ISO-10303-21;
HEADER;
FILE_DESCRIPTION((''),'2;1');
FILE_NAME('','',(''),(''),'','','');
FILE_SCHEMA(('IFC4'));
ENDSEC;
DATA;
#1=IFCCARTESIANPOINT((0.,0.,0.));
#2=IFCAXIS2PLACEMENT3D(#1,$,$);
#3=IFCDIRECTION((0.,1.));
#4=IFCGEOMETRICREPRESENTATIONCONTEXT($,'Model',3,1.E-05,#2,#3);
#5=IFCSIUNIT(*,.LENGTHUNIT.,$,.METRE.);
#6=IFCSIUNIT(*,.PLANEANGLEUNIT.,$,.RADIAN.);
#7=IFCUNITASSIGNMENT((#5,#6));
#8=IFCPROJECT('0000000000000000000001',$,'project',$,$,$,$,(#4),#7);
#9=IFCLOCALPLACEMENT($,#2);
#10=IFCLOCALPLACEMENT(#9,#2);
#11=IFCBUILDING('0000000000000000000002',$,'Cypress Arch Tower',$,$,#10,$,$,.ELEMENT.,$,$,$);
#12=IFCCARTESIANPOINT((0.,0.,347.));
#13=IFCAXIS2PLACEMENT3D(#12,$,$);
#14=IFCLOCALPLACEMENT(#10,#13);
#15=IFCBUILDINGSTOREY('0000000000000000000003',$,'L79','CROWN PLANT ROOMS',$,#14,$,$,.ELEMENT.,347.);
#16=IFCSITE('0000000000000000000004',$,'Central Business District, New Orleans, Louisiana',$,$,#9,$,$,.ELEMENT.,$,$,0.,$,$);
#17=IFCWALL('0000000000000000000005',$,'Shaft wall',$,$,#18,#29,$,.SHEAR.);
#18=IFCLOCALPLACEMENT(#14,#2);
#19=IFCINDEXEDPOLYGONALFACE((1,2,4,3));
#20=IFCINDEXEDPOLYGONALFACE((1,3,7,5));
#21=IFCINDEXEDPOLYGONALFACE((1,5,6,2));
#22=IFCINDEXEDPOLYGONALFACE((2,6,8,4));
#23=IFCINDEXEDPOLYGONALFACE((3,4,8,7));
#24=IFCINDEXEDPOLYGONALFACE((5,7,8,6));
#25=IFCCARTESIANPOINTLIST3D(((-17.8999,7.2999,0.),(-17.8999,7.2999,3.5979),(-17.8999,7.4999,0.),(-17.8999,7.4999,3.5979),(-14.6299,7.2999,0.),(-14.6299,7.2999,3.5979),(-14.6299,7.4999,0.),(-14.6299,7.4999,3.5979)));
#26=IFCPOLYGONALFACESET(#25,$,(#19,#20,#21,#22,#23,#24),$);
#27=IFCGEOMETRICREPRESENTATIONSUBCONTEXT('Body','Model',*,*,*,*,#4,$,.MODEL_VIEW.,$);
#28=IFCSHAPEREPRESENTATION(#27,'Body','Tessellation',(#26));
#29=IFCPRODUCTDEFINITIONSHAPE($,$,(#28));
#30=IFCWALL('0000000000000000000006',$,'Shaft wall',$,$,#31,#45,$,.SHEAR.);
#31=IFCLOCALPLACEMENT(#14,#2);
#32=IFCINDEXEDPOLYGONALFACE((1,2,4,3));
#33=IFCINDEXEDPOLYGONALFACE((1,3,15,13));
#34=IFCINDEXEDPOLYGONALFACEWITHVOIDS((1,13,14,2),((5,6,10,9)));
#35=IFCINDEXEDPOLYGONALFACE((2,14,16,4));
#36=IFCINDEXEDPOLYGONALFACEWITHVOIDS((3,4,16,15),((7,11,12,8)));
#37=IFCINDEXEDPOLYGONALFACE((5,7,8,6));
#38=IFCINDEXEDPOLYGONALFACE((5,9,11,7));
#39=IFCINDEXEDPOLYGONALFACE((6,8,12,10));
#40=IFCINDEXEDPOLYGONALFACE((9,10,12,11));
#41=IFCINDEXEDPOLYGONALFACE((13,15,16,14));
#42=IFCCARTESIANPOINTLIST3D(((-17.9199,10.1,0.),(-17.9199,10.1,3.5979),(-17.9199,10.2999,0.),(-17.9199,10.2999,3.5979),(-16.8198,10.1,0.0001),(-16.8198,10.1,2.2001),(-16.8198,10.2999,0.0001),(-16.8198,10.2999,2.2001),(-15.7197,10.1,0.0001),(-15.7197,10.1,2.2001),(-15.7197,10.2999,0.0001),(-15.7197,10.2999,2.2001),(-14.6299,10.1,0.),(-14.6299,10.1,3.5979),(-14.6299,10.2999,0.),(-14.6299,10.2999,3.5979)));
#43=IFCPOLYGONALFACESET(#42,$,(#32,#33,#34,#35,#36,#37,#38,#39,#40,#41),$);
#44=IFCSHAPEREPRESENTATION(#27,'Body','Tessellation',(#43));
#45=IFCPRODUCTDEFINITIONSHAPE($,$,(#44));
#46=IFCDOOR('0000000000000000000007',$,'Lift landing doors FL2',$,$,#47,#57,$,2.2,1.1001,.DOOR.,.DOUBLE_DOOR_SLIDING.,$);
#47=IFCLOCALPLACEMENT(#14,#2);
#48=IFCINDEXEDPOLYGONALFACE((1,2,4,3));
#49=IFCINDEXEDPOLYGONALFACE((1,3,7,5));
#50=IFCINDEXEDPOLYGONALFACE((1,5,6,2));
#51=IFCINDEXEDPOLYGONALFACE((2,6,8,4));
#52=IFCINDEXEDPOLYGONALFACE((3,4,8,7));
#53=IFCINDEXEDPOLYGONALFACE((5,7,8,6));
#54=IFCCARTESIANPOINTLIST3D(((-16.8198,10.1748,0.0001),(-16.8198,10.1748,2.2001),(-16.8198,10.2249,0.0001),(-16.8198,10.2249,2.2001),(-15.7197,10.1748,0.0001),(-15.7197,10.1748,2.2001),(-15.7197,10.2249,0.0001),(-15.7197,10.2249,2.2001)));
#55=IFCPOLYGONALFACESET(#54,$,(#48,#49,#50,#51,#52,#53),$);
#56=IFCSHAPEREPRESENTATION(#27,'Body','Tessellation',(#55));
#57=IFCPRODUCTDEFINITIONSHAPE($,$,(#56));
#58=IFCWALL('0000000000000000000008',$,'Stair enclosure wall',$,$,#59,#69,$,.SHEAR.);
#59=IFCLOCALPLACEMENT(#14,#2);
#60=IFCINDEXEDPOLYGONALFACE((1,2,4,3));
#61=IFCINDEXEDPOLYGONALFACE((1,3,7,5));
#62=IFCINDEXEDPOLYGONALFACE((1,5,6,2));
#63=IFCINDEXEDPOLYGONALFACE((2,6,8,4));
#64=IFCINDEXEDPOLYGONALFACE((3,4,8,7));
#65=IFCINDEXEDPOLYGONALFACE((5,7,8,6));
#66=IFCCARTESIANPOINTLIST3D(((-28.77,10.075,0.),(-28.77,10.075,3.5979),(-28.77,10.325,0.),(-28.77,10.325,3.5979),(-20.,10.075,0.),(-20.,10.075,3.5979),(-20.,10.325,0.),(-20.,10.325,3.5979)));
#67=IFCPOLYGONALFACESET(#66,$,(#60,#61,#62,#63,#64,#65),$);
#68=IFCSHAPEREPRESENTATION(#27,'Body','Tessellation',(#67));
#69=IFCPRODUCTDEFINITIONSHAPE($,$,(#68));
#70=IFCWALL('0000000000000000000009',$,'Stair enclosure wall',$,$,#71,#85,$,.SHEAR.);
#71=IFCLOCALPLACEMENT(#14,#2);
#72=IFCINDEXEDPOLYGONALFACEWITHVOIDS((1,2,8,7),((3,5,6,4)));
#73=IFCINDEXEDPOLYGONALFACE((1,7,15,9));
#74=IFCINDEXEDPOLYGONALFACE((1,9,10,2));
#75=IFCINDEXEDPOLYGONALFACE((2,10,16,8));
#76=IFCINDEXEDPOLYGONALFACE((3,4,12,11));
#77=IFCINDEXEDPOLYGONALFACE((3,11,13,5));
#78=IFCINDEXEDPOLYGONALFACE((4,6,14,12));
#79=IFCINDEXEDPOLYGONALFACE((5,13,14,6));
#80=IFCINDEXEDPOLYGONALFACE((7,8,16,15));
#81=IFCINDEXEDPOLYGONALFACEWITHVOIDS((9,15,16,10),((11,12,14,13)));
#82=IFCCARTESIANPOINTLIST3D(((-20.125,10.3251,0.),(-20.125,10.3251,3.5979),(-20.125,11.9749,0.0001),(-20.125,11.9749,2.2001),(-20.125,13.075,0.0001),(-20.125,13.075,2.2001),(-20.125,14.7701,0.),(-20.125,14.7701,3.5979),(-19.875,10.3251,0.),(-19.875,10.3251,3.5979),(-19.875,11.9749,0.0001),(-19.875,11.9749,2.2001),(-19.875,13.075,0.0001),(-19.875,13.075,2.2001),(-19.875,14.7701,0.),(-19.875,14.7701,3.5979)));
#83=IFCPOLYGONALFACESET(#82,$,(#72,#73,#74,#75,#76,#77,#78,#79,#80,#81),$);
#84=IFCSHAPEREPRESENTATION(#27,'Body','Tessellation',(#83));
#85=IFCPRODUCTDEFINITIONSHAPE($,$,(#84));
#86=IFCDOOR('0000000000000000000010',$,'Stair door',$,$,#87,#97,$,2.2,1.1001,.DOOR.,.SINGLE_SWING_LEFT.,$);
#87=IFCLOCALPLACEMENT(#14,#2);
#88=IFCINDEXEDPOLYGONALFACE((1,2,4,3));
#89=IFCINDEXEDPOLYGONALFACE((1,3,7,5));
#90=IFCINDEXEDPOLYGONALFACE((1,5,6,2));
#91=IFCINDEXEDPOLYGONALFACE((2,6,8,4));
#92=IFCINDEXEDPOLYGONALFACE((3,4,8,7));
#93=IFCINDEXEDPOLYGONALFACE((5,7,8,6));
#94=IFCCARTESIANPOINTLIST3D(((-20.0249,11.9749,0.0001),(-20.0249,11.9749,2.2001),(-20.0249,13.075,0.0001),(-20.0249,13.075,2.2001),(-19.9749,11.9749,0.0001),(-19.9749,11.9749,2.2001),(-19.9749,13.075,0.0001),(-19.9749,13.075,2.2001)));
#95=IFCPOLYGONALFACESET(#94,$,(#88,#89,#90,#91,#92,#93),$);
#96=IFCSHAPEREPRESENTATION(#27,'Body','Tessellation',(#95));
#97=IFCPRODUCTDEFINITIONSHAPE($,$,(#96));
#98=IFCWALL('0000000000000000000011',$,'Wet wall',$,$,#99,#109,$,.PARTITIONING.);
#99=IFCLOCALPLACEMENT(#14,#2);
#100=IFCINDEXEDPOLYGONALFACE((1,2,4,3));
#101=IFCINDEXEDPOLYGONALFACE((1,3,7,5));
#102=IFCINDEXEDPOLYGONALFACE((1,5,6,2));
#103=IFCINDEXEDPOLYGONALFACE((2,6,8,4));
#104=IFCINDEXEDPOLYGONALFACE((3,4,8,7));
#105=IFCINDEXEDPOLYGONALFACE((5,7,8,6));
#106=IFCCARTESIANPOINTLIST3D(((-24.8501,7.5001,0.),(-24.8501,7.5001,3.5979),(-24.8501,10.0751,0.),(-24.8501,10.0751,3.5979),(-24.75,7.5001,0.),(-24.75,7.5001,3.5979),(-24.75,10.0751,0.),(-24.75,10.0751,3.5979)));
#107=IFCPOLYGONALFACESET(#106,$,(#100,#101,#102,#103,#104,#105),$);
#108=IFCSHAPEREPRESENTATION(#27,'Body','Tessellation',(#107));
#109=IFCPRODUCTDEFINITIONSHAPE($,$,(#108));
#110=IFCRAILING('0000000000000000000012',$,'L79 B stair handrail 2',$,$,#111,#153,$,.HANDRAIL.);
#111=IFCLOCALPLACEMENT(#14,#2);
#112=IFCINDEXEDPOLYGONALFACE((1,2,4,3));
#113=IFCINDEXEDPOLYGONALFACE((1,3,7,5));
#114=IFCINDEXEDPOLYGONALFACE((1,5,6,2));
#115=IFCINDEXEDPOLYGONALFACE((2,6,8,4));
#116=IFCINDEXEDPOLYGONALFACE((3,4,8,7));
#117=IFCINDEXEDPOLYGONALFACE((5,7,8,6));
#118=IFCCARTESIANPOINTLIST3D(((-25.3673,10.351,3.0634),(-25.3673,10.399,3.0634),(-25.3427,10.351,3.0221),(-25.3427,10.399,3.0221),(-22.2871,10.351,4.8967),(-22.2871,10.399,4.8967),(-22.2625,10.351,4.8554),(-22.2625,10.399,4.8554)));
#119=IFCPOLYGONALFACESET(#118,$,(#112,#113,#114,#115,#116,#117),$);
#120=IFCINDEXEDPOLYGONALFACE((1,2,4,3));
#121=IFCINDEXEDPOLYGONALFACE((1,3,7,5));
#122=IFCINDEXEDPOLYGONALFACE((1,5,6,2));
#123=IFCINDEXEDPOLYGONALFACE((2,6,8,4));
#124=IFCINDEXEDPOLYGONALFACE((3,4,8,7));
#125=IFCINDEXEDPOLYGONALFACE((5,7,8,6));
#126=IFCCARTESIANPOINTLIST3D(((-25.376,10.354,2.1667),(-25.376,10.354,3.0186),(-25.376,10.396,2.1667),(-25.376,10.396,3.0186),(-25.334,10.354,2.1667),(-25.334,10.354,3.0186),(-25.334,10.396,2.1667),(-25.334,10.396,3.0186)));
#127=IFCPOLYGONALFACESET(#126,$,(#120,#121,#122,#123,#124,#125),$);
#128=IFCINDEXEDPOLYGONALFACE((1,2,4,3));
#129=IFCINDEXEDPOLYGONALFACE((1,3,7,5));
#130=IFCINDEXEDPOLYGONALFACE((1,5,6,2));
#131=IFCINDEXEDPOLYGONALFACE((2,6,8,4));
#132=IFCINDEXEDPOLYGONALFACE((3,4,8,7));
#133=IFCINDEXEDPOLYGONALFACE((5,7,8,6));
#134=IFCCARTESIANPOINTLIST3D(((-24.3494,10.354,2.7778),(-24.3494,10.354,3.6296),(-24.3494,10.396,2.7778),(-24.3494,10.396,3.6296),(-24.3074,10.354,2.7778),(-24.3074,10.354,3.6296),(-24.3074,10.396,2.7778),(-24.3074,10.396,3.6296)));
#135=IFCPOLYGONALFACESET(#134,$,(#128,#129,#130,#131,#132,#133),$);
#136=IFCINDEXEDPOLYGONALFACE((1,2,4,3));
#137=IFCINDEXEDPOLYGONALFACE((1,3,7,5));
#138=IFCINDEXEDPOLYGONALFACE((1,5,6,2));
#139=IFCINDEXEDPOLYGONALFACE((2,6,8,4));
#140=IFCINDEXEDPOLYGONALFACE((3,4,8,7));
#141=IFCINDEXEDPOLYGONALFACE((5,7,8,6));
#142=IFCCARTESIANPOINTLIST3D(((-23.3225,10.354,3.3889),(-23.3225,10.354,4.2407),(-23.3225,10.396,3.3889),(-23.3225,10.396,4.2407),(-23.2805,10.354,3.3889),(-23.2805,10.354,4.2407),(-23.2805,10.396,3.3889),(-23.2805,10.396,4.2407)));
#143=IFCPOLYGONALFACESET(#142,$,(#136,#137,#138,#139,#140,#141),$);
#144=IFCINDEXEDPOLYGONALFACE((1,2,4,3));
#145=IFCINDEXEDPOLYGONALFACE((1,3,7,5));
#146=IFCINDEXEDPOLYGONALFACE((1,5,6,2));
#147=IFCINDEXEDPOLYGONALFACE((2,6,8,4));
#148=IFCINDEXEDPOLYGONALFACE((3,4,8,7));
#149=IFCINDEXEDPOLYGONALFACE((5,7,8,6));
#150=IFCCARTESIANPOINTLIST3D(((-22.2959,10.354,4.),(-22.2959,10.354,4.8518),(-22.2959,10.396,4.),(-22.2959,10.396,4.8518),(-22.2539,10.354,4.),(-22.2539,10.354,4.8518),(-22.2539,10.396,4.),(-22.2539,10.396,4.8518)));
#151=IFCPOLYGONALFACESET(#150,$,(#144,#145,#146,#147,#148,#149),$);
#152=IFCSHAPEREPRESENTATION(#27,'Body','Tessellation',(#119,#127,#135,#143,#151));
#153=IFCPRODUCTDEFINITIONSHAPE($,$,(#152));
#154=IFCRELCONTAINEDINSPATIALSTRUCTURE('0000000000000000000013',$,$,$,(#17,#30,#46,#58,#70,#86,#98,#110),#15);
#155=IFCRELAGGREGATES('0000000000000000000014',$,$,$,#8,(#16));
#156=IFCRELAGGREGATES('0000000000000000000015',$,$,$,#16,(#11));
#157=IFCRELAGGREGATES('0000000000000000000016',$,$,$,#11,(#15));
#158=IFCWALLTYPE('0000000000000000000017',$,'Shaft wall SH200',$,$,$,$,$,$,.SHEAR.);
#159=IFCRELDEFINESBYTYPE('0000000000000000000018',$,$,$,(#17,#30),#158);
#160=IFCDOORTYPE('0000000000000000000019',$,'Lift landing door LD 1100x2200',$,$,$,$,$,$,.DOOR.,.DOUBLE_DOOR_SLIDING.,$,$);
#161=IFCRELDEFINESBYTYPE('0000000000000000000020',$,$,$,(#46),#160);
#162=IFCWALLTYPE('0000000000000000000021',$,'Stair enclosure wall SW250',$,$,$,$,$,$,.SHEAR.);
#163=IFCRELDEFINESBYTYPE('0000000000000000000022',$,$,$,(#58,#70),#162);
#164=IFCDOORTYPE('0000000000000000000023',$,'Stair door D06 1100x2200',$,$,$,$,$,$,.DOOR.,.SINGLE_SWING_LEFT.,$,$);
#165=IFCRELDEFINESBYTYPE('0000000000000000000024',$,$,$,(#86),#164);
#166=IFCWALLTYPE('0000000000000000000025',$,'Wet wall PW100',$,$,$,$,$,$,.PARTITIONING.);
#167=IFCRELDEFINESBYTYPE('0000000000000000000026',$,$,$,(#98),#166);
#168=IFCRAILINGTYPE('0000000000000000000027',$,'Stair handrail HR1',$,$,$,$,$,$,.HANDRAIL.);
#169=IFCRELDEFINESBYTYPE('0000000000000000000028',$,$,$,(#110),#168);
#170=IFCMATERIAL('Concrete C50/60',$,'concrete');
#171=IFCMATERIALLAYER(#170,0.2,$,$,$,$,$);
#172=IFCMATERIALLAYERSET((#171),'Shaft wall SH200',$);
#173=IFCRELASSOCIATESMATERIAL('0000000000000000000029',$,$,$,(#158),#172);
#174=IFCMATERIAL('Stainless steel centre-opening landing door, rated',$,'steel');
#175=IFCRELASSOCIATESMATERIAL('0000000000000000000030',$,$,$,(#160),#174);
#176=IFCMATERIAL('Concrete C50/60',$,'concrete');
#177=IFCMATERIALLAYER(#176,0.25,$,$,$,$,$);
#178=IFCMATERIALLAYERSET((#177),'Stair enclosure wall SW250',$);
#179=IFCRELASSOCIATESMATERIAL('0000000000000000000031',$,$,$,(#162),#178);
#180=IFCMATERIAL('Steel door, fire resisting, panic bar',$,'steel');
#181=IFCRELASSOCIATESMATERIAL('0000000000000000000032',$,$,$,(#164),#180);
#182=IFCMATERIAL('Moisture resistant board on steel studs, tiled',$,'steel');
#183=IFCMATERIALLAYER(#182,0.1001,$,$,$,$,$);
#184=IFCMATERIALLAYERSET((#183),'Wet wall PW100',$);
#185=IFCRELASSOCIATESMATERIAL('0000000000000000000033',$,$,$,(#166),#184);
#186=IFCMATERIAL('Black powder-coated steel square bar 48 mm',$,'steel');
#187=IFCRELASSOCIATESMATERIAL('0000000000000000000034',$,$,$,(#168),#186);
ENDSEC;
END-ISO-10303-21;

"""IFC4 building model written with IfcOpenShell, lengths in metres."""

from ifc_helpers import new_model, si_unit, direction, frame, frame_2d, origin, origin_2d, place, context, subcontext, project, spatial, rectangle, extrude, material, layer, layer_set, type_object, element, fill, save


model = new_model("IFC4")

# Units and contexts
model_context = context("Model", 3, precision=1e-05, world=origin(), true_north=direction((0.0, 1.0)))
body_context = subcontext(model_context, "Body", "Model", "MODEL_VIEW")
ifc_project = project(units=[si_unit("LENGTHUNIT", "METRE"), si_unit("PLANEANGLEUNIT", "RADIAN")], contexts=[model_context])

# Site, building, storey
site_placement = place(None, origin())
site = spatial("IfcSite", under=ifc_project, at=site_placement, Name="Central Business District, New Orleans, Louisiana", CompositionType="ELEMENT", RefElevation=0.0)
building_placement = place(site_placement, origin())
building = spatial("IfcBuilding", under=site, at=building_placement, Name="Cypress Arch Tower", CompositionType="ELEMENT")
storey_placement = place(building_placement, frame((0.0, 0.0, 347.0)))
storey = spatial("IfcBuildingStorey", under=building, at=storey_placement, Name="L79", Description="CROWN PLANT ROOMS", CompositionType="ELEMENT", Elevation=347.0)

# Wall
ifc_material_1 = material(Name="Concrete C50/60", Category="concrete")
ifc_layer_1 = layer(ifc_material_1, 0.2)
ifc_layer_set_1 = layer_set([ifc_layer_1], Name="Shaft wall SH200")
wall_type_1 = type_object("IfcWallType", Name="Shaft wall SH200", PredefinedType="SHEAR", material=ifc_layer_set_1)
wall_1_placement = place(storey_placement, frame((-17.8999, 7.3999, 0.0), z_axis=(0.0, 0.0, 1.0), x_axis=(1.0, 0.0, 0.0)))
element("IfcWall", 1, at=wall_1_placement, inside=storey, type_object=wall_type_1, Name="Shaft wall", PredefinedType="SHEAR", context=body_context, shape_type="SweptSolid", body=[
    extrude(rectangle(XDim=3.27, YDim=0.2, at=frame_2d((1.635, 0.0))), origin(), (0.0, 0.0, 1.0), 3.5979),
])

# Wall, opening, door
wall_2_placement = place(storey_placement, frame((-17.9199, 10.2, 0.0), z_axis=(0.0, 0.0, 1.0), x_axis=(1.0, 0.0, 0.0)))
wall_2 = element("IfcWall", 2, at=wall_2_placement, inside=storey, type_object=wall_type_1, Name="Shaft wall", PredefinedType="SHEAR", context=body_context, shape_type="SweptSolid", body=[
    extrude(rectangle(XDim=3.29, YDim=0.2, at=frame_2d((1.645, 0.0))), origin(), (0.0, 0.0, 1.0), 3.5979),
])
opening_1_placement = place(wall_2_placement, frame((1.1001, 0.0, 0.0)))
opening_1 = element("IfcOpeningElement", 3, at=opening_1_placement, cuts=wall_2, PredefinedType="OPENING", context=body_context, shape_type="SweptSolid", body=[
    extrude(rectangle(XDim=1.1001, YDim=2.2, at=frame_2d((0.55, 1.1001))), frame((0.0, 0.1099, 0.0), z_axis=(0.0, -1.0, 0.0), x_axis=(1.0, 0.0, 0.0)), (0.0, 0.0, 1.0), 0.22),
])
ifc_material_2 = material(Name="Stainless steel centre-opening landing door, rated", Category="steel")
door_type_1 = type_object("IfcDoorType", Name="Lift landing door LD 1100x2200", OperationType="DOUBLE_DOOR_SLIDING", PredefinedType="DOOR", material=ifc_material_2)
door_1_placement = place(opening_1_placement, origin())
door_1 = element("IfcDoor", 4, at=door_1_placement, inside=storey, type_object=door_type_1, Name="Lift landing doors FL2", OperationType="DOUBLE_DOOR_SLIDING", OverallHeight=2.2, OverallWidth=1.1001, PredefinedType="DOOR", context=body_context, shape_type="SweptSolid", body=[
    extrude(rectangle(XDim=1.1001, YDim=2.2, at=frame_2d((0.55, 1.1001))), frame((0.0, 0.0249, 0.0), z_axis=(0.0, -1.0, 0.0), x_axis=(1.0, 0.0, 0.0)), (0.0, 0.0, 1.0), 0.05),
])
fill(opening_1, door_1)

# Wall
ifc_material_3 = material(Name="Concrete C50/60", Category="concrete")
ifc_layer_2 = layer(ifc_material_3, 0.25)
ifc_layer_set_2 = layer_set([ifc_layer_2], Name="Stair enclosure wall SW250")
wall_type_2 = type_object("IfcWallType", Name="Stair enclosure wall SW250", PredefinedType="SHEAR", material=ifc_layer_set_2)
wall_3_placement = place(storey_placement, frame((-28.77, 10.2, 0.0), z_axis=(0.0, 0.0, 1.0), x_axis=(1.0, 0.0, 0.0)))
element("IfcWall", 5, at=wall_3_placement, inside=storey, type_object=wall_type_2, Name="Stair enclosure wall", PredefinedType="SHEAR", context=body_context, shape_type="SweptSolid", body=[
    extrude(rectangle(XDim=8.77, YDim=0.25, at=frame_2d((4.385, 0.0))), origin(), (0.0, 0.0, 1.0), 3.5979),
])

# Wall, opening, door
wall_4_placement = place(storey_placement, frame((-20.0, 10.325, 0.0), z_axis=(0.0, 0.0, 1.0), x_axis=(0.0, 1.0, 0.0)))
wall_4 = element("IfcWall", 6, at=wall_4_placement, inside=storey, type_object=wall_type_2, Name="Stair enclosure wall", PredefinedType="SHEAR", context=body_context, shape_type="SweptSolid", body=[
    extrude(rectangle(XDim=4.4451, YDim=0.25, at=frame_2d((2.2227, 0.0))), origin(), (0.0, 0.0, 1.0), 3.5979),
])
opening_2_placement = place(wall_4_placement, frame((1.6499, 0.0, 0.0)))
opening_2 = element("IfcOpeningElement", 7, at=opening_2_placement, cuts=wall_4, PredefinedType="OPENING", context=body_context, shape_type="SweptSolid", body=[
    extrude(rectangle(XDim=1.1001, YDim=2.2, at=frame_2d((0.55, 1.1001))), frame((0.0, 0.135, 0.0), z_axis=(0.0, -1.0, 0.0), x_axis=(1.0, 0.0, 0.0)), (0.0, 0.0, 1.0), 0.27),
])
ifc_material_4 = material(Name="Steel door, fire resisting, panic bar", Category="steel")
door_type_2 = type_object("IfcDoorType", Name="Stair door D06 1100x2200", OperationType="SINGLE_SWING_LEFT", PredefinedType="DOOR", material=ifc_material_4)
door_2_placement = place(opening_2_placement, origin())
door_2 = element("IfcDoor", 8, at=door_2_placement, inside=storey, type_object=door_type_2, Name="Stair door", OperationType="SINGLE_SWING_LEFT", OverallHeight=2.2, OverallWidth=1.1001, PredefinedType="DOOR", context=body_context, shape_type="SweptSolid", body=[
    extrude(rectangle(XDim=1.1001, YDim=2.2, at=frame_2d((0.55, 1.1001))), frame((0.0, 0.0249, 0.0), z_axis=(0.0, -1.0, 0.0), x_axis=(1.0, 0.0, 0.0)), (0.0, 0.0, 1.0), 0.05),
])
fill(opening_2, door_2)

# Wall
ifc_material_5 = material(Name="Moisture resistant board on steel studs, tiled", Category="steel")
ifc_layer_3 = layer(ifc_material_5, 0.1001)
ifc_layer_set_3 = layer_set([ifc_layer_3], Name="Wet wall PW100")
wall_type_3 = type_object("IfcWallType", Name="Wet wall PW100", PredefinedType="PARTITIONING", material=ifc_layer_set_3)
wall_5_placement = place(storey_placement, frame((-24.8, 7.5, 0.0), z_axis=(0.0, 0.0, 1.0), x_axis=(0.0, 1.0, 0.0)))
element("IfcWall", 9, at=wall_5_placement, inside=storey, type_object=wall_type_3, Name="Wet wall", PredefinedType="PARTITIONING", context=body_context, shape_type="SweptSolid", body=[
    extrude(rectangle(XDim=2.575, YDim=0.1001, at=frame_2d((1.2876, 0.0))), origin(), (0.0, 0.0, 1.0), 3.5979),
])

# Railing
ifc_material_6 = material(Name="Black powder-coated steel square bar 48 mm", Category="steel")
railing_type = type_object("IfcRailingType", Name="Stair handrail HR1", PredefinedType="HANDRAIL", material=ifc_material_6)
railing_placement = place(storey_placement, frame((-25.355, 10.375, 2.1667)))
element("IfcRailing", 10, at=railing_placement, inside=storey, type_object=railing_type, Name="L79 B stair handrail 2", PredefinedType="HANDRAIL", context=body_context, shape_type="SweptSolid", body=[
    extrude(rectangle(XDim=0.0481, YDim=0.0481, at=origin_2d()), frame((0.0, 0.0, 0.876), z_axis=(0.859309, 0.0, 0.511458), x_axis=(0.0, 1.0, 0.0)), (0.0, 0.0, 1.0), 3.5845),
    extrude(rectangle(XDim=0.042, YDim=0.042, at=origin_2d()), origin(), (0.0, 0.0, 1.0), 0.8518),
    extrude(rectangle(XDim=0.042, YDim=0.042, at=origin_2d()), frame((1.0266, 0.0, 0.6111)), (0.0, 0.0, 1.0), 0.8518),
    extrude(rectangle(XDim=0.042, YDim=0.042, at=origin_2d()), frame((2.0535, 0.0, 1.2222)), (0.0, 0.0, 1.0), 0.8518),
    extrude(rectangle(XDim=0.042, YDim=0.042, at=origin_2d()), frame((3.0801, 0.0, 1.8333)), (0.0, 0.0, 1.0), 0.8518),
])

save(model, "model.ifc")
